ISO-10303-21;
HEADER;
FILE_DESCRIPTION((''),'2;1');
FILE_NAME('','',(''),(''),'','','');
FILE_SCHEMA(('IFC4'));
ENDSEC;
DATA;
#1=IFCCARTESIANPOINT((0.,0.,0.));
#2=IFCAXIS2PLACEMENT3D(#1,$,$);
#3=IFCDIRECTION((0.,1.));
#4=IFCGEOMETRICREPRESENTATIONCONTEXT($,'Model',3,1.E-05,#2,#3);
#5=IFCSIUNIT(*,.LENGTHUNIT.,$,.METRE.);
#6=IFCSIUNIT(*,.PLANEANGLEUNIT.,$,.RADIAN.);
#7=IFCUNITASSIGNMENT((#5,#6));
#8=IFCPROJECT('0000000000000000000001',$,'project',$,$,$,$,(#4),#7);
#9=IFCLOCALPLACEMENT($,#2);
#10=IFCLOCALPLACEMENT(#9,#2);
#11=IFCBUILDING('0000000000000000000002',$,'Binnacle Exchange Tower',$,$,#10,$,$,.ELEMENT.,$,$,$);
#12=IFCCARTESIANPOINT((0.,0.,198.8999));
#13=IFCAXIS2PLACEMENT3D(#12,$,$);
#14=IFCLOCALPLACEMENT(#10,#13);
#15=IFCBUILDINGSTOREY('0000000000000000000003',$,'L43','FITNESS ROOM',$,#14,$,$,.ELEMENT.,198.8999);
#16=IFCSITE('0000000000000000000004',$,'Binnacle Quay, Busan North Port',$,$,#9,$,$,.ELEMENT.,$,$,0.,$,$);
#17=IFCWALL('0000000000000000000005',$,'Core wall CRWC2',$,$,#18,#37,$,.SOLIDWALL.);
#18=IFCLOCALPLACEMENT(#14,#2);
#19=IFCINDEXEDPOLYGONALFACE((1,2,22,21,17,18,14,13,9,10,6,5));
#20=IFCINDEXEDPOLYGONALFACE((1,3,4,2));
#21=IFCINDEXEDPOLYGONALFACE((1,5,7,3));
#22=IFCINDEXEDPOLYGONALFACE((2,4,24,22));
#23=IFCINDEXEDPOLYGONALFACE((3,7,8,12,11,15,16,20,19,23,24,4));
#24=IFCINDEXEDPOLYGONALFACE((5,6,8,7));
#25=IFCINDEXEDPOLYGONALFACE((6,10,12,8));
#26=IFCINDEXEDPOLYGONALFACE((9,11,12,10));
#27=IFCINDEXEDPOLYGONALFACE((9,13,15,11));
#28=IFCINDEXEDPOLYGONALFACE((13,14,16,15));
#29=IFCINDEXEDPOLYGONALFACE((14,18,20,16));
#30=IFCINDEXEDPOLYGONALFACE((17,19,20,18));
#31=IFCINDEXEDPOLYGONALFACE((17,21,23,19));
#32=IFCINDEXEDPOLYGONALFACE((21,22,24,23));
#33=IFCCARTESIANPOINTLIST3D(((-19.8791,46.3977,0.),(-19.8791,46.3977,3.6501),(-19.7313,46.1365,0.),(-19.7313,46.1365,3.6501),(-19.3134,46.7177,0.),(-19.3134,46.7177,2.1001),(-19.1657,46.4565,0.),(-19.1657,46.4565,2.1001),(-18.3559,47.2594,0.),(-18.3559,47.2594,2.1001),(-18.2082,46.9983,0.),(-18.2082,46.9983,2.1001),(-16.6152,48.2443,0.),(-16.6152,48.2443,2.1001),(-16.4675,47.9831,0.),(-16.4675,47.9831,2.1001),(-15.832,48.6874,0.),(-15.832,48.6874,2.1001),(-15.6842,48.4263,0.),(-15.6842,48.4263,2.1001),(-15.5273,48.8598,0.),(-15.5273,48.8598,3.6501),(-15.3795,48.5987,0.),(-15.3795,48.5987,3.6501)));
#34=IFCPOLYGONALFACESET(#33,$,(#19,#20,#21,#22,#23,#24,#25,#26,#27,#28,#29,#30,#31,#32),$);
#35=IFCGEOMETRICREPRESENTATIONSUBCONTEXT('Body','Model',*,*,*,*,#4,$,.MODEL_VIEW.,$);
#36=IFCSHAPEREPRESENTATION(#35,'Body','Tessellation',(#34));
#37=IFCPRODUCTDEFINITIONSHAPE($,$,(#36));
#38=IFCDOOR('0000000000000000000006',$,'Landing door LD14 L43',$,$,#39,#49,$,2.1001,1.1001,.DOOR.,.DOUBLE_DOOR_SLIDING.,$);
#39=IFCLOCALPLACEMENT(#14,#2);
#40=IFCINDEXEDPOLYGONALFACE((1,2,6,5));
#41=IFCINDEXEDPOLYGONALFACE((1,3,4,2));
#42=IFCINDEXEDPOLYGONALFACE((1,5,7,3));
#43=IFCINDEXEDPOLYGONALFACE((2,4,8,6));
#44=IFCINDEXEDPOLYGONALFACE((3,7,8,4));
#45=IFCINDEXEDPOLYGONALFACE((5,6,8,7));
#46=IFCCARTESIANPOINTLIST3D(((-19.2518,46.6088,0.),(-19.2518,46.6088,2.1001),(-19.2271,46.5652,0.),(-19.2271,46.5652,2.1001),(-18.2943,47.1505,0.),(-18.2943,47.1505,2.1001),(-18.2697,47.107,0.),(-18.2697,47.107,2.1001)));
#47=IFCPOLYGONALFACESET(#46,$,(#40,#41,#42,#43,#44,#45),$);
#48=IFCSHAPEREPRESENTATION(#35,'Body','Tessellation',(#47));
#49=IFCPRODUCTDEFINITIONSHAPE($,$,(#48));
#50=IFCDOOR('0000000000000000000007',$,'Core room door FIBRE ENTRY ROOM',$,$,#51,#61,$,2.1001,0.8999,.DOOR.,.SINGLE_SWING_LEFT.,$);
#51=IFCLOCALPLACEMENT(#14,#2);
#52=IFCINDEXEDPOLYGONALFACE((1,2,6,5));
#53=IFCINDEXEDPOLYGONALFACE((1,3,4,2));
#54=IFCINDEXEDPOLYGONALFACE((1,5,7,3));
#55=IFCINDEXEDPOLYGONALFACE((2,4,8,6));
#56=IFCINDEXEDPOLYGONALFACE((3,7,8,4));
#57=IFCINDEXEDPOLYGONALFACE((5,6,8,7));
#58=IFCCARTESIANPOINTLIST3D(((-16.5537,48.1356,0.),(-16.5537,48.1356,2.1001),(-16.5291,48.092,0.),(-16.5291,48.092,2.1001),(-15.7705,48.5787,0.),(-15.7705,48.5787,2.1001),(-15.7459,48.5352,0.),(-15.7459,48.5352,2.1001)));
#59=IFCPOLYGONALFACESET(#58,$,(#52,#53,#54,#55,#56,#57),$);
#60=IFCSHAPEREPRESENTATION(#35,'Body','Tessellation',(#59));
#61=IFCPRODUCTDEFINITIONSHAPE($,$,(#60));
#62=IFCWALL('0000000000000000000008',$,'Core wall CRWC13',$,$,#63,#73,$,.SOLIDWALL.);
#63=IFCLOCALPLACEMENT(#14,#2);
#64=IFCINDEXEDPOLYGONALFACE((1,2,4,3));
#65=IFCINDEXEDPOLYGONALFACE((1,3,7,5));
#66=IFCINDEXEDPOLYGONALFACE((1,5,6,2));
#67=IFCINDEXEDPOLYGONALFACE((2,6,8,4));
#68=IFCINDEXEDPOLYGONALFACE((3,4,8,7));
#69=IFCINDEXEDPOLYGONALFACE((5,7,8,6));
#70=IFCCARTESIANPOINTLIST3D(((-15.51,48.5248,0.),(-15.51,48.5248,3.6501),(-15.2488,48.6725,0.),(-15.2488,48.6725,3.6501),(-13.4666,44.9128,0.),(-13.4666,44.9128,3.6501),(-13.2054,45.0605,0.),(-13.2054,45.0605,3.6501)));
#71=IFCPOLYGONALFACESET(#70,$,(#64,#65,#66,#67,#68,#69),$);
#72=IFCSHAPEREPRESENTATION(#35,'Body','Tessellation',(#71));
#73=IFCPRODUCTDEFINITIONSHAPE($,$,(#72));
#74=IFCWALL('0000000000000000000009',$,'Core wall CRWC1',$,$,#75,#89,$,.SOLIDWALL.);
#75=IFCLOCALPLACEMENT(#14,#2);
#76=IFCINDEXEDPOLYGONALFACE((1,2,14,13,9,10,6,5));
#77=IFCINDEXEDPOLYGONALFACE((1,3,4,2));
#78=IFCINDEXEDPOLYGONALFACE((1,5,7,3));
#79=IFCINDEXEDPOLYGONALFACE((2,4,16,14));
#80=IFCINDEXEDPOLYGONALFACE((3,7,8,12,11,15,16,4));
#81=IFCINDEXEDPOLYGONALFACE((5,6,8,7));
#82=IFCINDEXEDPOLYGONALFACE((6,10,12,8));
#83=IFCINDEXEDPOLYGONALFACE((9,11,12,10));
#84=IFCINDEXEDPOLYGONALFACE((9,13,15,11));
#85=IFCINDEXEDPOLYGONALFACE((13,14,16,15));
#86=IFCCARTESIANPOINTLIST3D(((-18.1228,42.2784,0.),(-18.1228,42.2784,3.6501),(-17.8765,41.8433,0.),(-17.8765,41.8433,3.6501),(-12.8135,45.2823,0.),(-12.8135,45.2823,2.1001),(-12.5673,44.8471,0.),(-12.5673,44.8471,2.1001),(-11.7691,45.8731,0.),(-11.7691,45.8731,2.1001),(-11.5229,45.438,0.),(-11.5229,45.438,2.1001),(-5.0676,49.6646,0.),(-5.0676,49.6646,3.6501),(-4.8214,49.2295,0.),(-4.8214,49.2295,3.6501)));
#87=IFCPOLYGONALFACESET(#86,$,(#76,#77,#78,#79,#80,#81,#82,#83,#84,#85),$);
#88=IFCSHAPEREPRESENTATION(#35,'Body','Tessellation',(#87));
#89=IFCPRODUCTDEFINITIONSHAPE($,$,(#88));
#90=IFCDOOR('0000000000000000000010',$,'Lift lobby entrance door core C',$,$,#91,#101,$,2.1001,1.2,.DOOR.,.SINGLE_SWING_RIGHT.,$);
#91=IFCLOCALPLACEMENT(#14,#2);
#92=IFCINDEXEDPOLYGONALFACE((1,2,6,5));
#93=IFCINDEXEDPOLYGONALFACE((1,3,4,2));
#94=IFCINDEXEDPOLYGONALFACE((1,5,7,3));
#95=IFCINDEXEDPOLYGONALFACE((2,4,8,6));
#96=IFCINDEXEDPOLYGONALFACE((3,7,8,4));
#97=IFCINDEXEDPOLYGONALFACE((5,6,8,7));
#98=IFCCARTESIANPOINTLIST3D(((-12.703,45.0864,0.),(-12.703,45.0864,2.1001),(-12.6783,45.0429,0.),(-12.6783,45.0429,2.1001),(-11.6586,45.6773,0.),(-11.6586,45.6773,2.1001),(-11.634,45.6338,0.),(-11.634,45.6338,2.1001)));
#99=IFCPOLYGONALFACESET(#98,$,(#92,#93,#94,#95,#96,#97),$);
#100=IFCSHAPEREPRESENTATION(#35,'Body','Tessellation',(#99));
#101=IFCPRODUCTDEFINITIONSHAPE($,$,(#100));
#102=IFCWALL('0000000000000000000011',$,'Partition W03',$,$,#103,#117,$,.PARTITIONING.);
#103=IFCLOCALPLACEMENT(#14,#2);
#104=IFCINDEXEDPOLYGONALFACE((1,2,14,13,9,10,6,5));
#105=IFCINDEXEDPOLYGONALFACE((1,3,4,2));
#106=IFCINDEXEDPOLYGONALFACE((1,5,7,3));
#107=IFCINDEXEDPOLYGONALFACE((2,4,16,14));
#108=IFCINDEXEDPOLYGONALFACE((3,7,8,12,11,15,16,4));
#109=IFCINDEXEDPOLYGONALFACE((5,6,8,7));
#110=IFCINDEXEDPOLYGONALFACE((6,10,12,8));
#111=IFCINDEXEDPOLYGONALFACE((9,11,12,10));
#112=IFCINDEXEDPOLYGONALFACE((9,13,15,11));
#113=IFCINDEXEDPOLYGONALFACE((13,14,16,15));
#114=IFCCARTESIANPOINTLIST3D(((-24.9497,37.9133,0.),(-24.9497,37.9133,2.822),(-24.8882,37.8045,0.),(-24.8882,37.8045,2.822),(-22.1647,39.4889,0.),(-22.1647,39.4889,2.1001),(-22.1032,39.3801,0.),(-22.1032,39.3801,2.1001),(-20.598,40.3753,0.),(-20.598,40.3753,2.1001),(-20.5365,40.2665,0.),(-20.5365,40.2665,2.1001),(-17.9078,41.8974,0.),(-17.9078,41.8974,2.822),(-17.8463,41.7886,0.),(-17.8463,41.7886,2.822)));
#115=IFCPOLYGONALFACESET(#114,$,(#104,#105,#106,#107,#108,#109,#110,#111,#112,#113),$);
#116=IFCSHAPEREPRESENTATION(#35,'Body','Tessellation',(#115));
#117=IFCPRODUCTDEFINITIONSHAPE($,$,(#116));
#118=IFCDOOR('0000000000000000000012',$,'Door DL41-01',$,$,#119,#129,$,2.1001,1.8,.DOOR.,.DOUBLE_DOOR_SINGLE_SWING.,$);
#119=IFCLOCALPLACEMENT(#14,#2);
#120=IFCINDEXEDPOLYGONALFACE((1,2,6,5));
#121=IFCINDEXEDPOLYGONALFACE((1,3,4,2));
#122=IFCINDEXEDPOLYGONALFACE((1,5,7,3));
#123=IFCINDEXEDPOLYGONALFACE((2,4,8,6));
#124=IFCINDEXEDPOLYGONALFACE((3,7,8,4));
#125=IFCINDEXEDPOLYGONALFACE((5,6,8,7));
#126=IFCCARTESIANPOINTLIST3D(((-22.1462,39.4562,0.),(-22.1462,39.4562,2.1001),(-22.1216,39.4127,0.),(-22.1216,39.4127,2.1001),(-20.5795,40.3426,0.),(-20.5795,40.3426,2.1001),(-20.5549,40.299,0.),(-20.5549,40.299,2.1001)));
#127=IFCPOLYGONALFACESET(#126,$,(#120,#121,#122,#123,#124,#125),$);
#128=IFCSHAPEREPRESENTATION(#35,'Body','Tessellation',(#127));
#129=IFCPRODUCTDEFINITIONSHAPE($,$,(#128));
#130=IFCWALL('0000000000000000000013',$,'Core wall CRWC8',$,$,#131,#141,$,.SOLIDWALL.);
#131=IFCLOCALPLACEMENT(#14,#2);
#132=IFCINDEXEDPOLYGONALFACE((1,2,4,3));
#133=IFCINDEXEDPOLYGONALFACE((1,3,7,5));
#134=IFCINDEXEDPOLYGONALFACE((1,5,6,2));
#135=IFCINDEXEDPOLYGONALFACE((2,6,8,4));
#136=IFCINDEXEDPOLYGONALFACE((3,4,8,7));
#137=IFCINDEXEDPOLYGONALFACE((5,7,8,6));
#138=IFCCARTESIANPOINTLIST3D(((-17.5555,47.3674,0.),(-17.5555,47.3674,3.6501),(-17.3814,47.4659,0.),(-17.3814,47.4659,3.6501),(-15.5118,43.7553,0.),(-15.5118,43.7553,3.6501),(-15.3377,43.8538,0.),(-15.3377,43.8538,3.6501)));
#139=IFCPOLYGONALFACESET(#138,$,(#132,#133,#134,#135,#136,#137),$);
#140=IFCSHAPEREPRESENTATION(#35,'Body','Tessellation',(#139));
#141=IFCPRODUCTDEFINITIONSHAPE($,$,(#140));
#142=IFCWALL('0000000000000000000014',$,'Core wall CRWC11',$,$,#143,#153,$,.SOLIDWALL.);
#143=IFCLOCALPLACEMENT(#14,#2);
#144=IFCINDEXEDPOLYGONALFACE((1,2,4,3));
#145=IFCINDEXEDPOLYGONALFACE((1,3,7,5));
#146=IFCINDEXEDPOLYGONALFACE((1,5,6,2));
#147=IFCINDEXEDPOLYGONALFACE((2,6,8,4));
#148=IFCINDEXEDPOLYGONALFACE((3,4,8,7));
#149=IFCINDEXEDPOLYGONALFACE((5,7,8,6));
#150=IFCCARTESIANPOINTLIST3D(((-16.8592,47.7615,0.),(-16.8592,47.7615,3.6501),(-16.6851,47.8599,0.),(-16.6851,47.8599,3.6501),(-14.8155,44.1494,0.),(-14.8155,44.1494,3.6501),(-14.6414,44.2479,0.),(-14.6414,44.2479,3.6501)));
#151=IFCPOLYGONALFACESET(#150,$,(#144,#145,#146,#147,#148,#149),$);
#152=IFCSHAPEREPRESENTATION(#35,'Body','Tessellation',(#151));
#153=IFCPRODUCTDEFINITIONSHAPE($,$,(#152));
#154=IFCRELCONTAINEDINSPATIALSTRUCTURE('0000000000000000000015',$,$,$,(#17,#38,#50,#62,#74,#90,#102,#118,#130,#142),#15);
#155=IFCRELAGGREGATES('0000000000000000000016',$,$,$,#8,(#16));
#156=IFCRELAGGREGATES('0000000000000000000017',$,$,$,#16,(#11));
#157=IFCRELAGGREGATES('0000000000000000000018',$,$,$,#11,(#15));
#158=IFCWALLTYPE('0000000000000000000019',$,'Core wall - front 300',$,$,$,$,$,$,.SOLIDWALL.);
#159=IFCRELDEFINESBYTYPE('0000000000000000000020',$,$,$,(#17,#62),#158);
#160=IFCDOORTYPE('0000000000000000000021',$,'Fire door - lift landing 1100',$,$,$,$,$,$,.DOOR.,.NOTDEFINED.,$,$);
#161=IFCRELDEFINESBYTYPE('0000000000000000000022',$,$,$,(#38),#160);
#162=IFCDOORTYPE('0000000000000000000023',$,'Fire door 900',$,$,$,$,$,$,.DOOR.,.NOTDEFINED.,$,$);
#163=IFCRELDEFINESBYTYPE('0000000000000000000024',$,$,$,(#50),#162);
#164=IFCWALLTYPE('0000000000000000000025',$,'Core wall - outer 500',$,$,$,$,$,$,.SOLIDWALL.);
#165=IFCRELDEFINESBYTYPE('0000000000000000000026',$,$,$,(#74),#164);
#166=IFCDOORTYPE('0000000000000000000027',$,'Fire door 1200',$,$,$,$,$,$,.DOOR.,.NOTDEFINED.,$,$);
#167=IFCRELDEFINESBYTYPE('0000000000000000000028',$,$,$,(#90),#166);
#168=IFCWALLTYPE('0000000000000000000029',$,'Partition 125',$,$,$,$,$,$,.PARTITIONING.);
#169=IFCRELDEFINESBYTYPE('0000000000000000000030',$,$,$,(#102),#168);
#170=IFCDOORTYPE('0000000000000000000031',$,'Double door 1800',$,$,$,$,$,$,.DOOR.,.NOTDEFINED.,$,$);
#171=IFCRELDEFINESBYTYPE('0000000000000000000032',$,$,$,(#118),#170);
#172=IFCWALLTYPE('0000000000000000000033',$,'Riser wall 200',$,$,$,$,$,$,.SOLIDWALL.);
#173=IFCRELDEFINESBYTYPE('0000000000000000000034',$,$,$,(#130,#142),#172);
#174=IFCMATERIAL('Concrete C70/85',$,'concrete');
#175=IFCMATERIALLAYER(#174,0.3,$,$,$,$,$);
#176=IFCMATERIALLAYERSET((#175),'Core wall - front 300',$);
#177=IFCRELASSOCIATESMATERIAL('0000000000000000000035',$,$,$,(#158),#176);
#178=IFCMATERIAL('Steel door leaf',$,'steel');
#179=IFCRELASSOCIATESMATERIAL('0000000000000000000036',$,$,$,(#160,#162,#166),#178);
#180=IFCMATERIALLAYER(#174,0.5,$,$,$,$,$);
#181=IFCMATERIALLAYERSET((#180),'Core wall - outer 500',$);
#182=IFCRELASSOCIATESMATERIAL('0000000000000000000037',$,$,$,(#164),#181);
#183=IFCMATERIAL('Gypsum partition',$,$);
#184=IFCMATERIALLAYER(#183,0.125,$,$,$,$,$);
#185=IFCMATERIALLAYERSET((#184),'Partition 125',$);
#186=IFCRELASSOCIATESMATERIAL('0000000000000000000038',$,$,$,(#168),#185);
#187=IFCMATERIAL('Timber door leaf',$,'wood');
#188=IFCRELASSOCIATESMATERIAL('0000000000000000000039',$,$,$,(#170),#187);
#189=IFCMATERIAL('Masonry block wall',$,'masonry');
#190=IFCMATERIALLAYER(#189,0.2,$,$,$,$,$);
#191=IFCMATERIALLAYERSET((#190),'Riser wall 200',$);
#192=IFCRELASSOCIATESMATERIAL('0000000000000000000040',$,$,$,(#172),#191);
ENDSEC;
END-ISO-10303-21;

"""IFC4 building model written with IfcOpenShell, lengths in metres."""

from ifc_helpers import new_model, si_unit, direction, frame, frame_2d, origin, place, context, subcontext, project, spatial, rectangle, extrude, material, layer, layer_set, type_object, element, fill, save


model = new_model("IFC4")

# Units and contexts
model_context = context("Model", 3, precision=1e-05, world=origin(), true_north=direction((0.0, 1.0)))
body_context = subcontext(model_context, "Body", "Model", "MODEL_VIEW")
ifc_project = project(units=[si_unit("LENGTHUNIT", "METRE"), si_unit("PLANEANGLEUNIT", "RADIAN")], contexts=[model_context])

# Site, building, storey
site_placement = place(None, origin())
site = spatial("IfcSite", under=ifc_project, at=site_placement, Name="Binnacle Quay, Busan North Port", CompositionType="ELEMENT", RefElevation=0.0)
building_placement = place(site_placement, origin())
building = spatial("IfcBuilding", under=site, at=building_placement, Name="Binnacle Exchange Tower", CompositionType="ELEMENT")
storey_placement = place(building_placement, frame((0.0, 0.0, 198.8999)))
storey = spatial("IfcBuildingStorey", under=building, at=storey_placement, Name="L43", Description="FITNESS ROOM", CompositionType="ELEMENT", Elevation=198.8999)

# Shared definitions
ifc_material_1 = material(Name="Concrete C70/85", Category="concrete")

# Wall, openings, doors
ifc_layer_1 = layer(ifc_material_1, 0.3)
ifc_layer_set_1 = layer_set([ifc_layer_1], Name="Core wall - front 300")
wall_type_1 = type_object("IfcWallType", Name="Core wall - front 300", PredefinedType="SOLIDWALL", material=ifc_layer_set_1)
wall_1_placement = place(storey_placement, frame((-19.8052, 46.2671, 0.0), z_axis=(0.0, 0.0, 1.0), x_axis=(0.870354, 0.492427, 0.0)))
wall_1 = element("IfcWall", 1, at=wall_1_placement, inside=storey, type_object=wall_type_1, Name="Core wall CRWC2", PredefinedType="SOLIDWALL", context=body_context, shape_type="SweptSolid", body=[
    extrude(rectangle(XDim=5.0, YDim=0.3, at=frame_2d((2.5, 0.0))), origin(), (0.0, 0.0, 1.0), 3.6501),
])
opening_1_placement = place(wall_1_placement, frame((0.6499, 0.0, 0.0)))
opening_1 = element("IfcOpeningElement", 2, at=opening_1_placement, cuts=wall_1, PredefinedType="OPENING", context=body_context, shape_type="SweptSolid", body=[
    extrude(rectangle(XDim=1.1001, YDim=2.1001, at=frame_2d((0.55, 1.05))), frame((0.0, 0.1599, 0.0), z_axis=(0.0, -1.0, 0.0), x_axis=(1.0, 0.0, 0.0)), (0.0, 0.0, 1.0), 0.3201),
])
opening_2_placement = place(wall_1_placement, frame((3.75, 0.0, 0.0)))
opening_2 = element("IfcOpeningElement", 3, at=opening_2_placement, cuts=wall_1, PredefinedType="OPENING", context=body_context, shape_type="SweptSolid", body=[
    extrude(rectangle(XDim=0.8999, YDim=2.1001, at=frame_2d((0.45, 1.05))), frame((0.0, 0.1599, 0.0), z_axis=(0.0, -1.0, 0.0), x_axis=(1.0, 0.0, 0.0)), (0.0, 0.0, 1.0), 0.3201),
])
ifc_material_2 = material(Name="Steel door leaf", Category="steel")
door_type_1 = type_object("IfcDoorType", Name="Fire door - lift landing 1100", OperationType="NOTDEFINED", PredefinedType="DOOR", material=ifc_material_2)
door_1_placement = place(opening_1_placement, origin())
door_1 = element("IfcDoor", 4, at=door_1_placement, inside=storey, type_object=door_type_1, Name="Landing door LD14 L43", OperationType="DOUBLE_DOOR_SLIDING", OverallHeight=2.1001, OverallWidth=1.1001, PredefinedType="DOOR", context=body_context, shape_type="SweptSolid", body=[
    extrude(rectangle(XDim=1.1001, YDim=2.1001, at=frame_2d((0.55, 1.05))), frame((0.0, 0.0249, 0.0), z_axis=(0.0, -1.0, 0.0), x_axis=(1.0, 0.0, 0.0)), (0.0, 0.0, 1.0), 0.05),
])
fill(opening_1, door_1)
door_type_2 = type_object("IfcDoorType", Name="Fire door 900", OperationType="NOTDEFINED", PredefinedType="DOOR", material=ifc_material_2)
door_2_placement = place(opening_2_placement, frame((0.8999, 0.0, 0.0), z_axis=(0.0, 0.0, 1.0), x_axis=(-1.0, 0.0, 0.0)))
door_2 = element("IfcDoor", 5, at=door_2_placement, inside=storey, type_object=door_type_2, Name="Core room door FIBRE ENTRY ROOM", OperationType="SINGLE_SWING_LEFT", OverallHeight=2.1001, OverallWidth=0.8999, PredefinedType="DOOR", context=body_context, shape_type="SweptSolid", body=[
    extrude(rectangle(XDim=0.8999, YDim=2.1001, at=frame_2d((0.45, 1.05))), frame((0.0, 0.0249, 0.0), z_axis=(0.0, -1.0, 0.0), x_axis=(1.0, 0.0, 0.0)), (0.0, 0.0, 1.0), 0.05),
])
fill(opening_2, door_2)

# Wall
wall_2_placement = place(storey_placement, frame((-15.3794, 48.5986, 0.0), z_axis=(0.0, 0.0, 1.0), x_axis=(0.492396, -0.870371, 0.0)))
element("IfcWall", 6, at=wall_2_placement, inside=storey, type_object=wall_type_1, Name="Core wall CRWC13", PredefinedType="SOLIDWALL", context=body_context, shape_type="SweptSolid", body=[
    extrude(rectangle(XDim=4.1499, YDim=0.3, at=frame_2d((2.075, 0.0))), origin(), (0.0, 0.0, 1.0), 3.6501),
])

# Walls, openings, doors
ifc_layer_2 = layer(ifc_material_1, 0.5)
ifc_layer_set_2 = layer_set([ifc_layer_2], Name="Core wall - outer 500")
wall_type_2 = type_object("IfcWallType", Name="Core wall - outer 500", PredefinedType="SOLIDWALL", material=ifc_layer_set_2)
wall_3_placement = place(storey_placement, frame((-17.9998, 42.0608, 0.0), z_axis=(0.0, 0.0, 1.0), x_axis=(0.870357, 0.492422, 0.0)))
wall_3 = element("IfcWall", 7, at=wall_3_placement, inside=storey, type_object=wall_type_2, Name="Core wall CRWC1", PredefinedType="SOLIDWALL", context=body_context, shape_type="SweptSolid", body=[
    extrude(rectangle(XDim=14.9998, YDim=0.5, at=frame_2d((7.5, 0.0))), origin(), (0.0, 0.0, 1.0), 3.6501),
])
opening_3_placement = place(wall_3_placement, frame((6.1001, 0.0, 0.0)))
opening_3 = element("IfcOpeningElement", 8, at=opening_3_placement, cuts=wall_3, PredefinedType="OPENING", context=body_context, shape_type="SweptSolid", body=[
    extrude(rectangle(XDim=1.2, YDim=2.1001, at=frame_2d((0.6001, 1.05))), frame((0.0, 0.26, 0.0), z_axis=(0.0, -1.0, 0.0), x_axis=(1.0, 0.0, 0.0)), (0.0, 0.0, 1.0), 0.52),
])
door_type_3 = type_object("IfcDoorType", Name="Fire door 1200", OperationType="NOTDEFINED", PredefinedType="DOOR", material=ifc_material_2)
door_3_placement = place(opening_3_placement, frame((1.2, 0.0, 0.0), z_axis=(0.0, 0.0, 1.0), x_axis=(-1.0, 0.0, 0.0)))
door_3 = element("IfcDoor", 9, at=door_3_placement, inside=storey, type_object=door_type_3, Name="Lift lobby entrance door core C", OperationType="SINGLE_SWING_RIGHT", OverallHeight=2.1001, OverallWidth=1.2, PredefinedType="DOOR", context=body_context, shape_type="SweptSolid", body=[
    extrude(rectangle(XDim=1.2, YDim=2.1001, at=frame_2d((0.6001, 1.05))), frame((0.0, 0.0249, 0.0), z_axis=(0.0, -1.0, 0.0), x_axis=(1.0, 0.0, 0.0)), (0.0, 0.0, 1.0), 0.05),
])
fill(opening_3, door_3)
ifc_material_3 = material(Name="Gypsum partition")
ifc_layer_3 = layer(ifc_material_3, 0.125)
ifc_layer_set_3 = layer_set([ifc_layer_3], Name="Partition 125")
wall_type_3 = type_object("IfcWallType", Name="Partition 125", PredefinedType="PARTITIONING", material=ifc_layer_set_3)
wall_4_placement = place(storey_placement, frame((-24.9189, 37.8589, 0.0), z_axis=(0.0, 0.0, 1.0), x_axis=(0.870358, 0.49242, 0.0)))
wall_4 = element("IfcWall", 10, at=wall_4_placement, inside=storey, type_object=wall_type_3, Name="Partition W03", PredefinedType="PARTITIONING", context=body_context, shape_type="SweptSolid", body=[
    extrude(rectangle(XDim=8.0908, YDim=0.125, at=frame_2d((4.0454, 0.0))), origin(), (0.0, 0.0, 1.0), 2.822),
])
opening_4_placement = place(wall_4_placement, frame((3.2, 0.0, 0.0)))
opening_4 = element("IfcOpeningElement", 11, at=opening_4_placement, cuts=wall_4, PredefinedType="OPENING", context=body_context, shape_type="SweptSolid", body=[
    extrude(rectangle(XDim=1.8, YDim=2.1001, at=frame_2d((0.8999, 1.05))), frame((0.0, 0.0725, 0.0), z_axis=(0.0, -1.0, 0.0), x_axis=(1.0, 0.0, 0.0)), (0.0, 0.0, 1.0), 0.145),
])
ifc_material_4 = material(Name="Timber door leaf", Category="wood")
door_type_4 = type_object("IfcDoorType", Name="Double door 1800", OperationType="NOTDEFINED", PredefinedType="DOOR", material=ifc_material_4)
door_4_placement = place(opening_4_placement, origin())
door_4 = element("IfcDoor", 12, at=door_4_placement, inside=storey, type_object=door_type_4, Name="Door DL41-01", OperationType="DOUBLE_DOOR_SINGLE_SWING", OverallHeight=2.1001, OverallWidth=1.8, PredefinedType="DOOR", context=body_context, shape_type="SweptSolid", body=[
    extrude(rectangle(XDim=1.8, YDim=2.1001, at=frame_2d((0.8999, 1.05))), frame((0.0, 0.0249, 0.0), z_axis=(0.0, -1.0, 0.0), x_axis=(1.0, 0.0, 0.0)), (0.0, 0.0, 1.0), 0.05),
])
fill(opening_4, door_4)

# Walls
ifc_material_5 = material(Name="Masonry block wall", Category="masonry")
ifc_layer_4 = layer(ifc_material_5, 0.2)
ifc_layer_set_4 = layer_set([ifc_layer_4], Name="Riser wall 200")
wall_type_4 = type_object("IfcWallType", Name="Riser wall 200", PredefinedType="SOLIDWALL", material=ifc_layer_set_4)
for number, where, z_axis, x_axis, name in (
    (13, (-17.4685, 47.4167, 0.0), (0.0, 0.0, 1.0), (0.492441, -0.870346, 0.0), "Core wall CRWC8"),
    (14, (-16.7722, 47.8108, 0.0), (0.0, 0.0, 1.0), (0.492441, -0.870346, 0.0), "Core wall CRWC11"),
):
    element("IfcWall", number, at=place(storey_placement, frame(where, z_axis=z_axis, x_axis=x_axis)), inside=storey, type_object=wall_type_4, Name=name, PredefinedType="SOLIDWALL", context=body_context, shape_type="SweptSolid", body=[
        extrude(rectangle(XDim=4.1501, YDim=0.2, at=frame_2d((2.0752, 0.0))), origin(), (0.0, 0.0, 1.0), 3.6501),
    ])

save(model, "model.ifc")
